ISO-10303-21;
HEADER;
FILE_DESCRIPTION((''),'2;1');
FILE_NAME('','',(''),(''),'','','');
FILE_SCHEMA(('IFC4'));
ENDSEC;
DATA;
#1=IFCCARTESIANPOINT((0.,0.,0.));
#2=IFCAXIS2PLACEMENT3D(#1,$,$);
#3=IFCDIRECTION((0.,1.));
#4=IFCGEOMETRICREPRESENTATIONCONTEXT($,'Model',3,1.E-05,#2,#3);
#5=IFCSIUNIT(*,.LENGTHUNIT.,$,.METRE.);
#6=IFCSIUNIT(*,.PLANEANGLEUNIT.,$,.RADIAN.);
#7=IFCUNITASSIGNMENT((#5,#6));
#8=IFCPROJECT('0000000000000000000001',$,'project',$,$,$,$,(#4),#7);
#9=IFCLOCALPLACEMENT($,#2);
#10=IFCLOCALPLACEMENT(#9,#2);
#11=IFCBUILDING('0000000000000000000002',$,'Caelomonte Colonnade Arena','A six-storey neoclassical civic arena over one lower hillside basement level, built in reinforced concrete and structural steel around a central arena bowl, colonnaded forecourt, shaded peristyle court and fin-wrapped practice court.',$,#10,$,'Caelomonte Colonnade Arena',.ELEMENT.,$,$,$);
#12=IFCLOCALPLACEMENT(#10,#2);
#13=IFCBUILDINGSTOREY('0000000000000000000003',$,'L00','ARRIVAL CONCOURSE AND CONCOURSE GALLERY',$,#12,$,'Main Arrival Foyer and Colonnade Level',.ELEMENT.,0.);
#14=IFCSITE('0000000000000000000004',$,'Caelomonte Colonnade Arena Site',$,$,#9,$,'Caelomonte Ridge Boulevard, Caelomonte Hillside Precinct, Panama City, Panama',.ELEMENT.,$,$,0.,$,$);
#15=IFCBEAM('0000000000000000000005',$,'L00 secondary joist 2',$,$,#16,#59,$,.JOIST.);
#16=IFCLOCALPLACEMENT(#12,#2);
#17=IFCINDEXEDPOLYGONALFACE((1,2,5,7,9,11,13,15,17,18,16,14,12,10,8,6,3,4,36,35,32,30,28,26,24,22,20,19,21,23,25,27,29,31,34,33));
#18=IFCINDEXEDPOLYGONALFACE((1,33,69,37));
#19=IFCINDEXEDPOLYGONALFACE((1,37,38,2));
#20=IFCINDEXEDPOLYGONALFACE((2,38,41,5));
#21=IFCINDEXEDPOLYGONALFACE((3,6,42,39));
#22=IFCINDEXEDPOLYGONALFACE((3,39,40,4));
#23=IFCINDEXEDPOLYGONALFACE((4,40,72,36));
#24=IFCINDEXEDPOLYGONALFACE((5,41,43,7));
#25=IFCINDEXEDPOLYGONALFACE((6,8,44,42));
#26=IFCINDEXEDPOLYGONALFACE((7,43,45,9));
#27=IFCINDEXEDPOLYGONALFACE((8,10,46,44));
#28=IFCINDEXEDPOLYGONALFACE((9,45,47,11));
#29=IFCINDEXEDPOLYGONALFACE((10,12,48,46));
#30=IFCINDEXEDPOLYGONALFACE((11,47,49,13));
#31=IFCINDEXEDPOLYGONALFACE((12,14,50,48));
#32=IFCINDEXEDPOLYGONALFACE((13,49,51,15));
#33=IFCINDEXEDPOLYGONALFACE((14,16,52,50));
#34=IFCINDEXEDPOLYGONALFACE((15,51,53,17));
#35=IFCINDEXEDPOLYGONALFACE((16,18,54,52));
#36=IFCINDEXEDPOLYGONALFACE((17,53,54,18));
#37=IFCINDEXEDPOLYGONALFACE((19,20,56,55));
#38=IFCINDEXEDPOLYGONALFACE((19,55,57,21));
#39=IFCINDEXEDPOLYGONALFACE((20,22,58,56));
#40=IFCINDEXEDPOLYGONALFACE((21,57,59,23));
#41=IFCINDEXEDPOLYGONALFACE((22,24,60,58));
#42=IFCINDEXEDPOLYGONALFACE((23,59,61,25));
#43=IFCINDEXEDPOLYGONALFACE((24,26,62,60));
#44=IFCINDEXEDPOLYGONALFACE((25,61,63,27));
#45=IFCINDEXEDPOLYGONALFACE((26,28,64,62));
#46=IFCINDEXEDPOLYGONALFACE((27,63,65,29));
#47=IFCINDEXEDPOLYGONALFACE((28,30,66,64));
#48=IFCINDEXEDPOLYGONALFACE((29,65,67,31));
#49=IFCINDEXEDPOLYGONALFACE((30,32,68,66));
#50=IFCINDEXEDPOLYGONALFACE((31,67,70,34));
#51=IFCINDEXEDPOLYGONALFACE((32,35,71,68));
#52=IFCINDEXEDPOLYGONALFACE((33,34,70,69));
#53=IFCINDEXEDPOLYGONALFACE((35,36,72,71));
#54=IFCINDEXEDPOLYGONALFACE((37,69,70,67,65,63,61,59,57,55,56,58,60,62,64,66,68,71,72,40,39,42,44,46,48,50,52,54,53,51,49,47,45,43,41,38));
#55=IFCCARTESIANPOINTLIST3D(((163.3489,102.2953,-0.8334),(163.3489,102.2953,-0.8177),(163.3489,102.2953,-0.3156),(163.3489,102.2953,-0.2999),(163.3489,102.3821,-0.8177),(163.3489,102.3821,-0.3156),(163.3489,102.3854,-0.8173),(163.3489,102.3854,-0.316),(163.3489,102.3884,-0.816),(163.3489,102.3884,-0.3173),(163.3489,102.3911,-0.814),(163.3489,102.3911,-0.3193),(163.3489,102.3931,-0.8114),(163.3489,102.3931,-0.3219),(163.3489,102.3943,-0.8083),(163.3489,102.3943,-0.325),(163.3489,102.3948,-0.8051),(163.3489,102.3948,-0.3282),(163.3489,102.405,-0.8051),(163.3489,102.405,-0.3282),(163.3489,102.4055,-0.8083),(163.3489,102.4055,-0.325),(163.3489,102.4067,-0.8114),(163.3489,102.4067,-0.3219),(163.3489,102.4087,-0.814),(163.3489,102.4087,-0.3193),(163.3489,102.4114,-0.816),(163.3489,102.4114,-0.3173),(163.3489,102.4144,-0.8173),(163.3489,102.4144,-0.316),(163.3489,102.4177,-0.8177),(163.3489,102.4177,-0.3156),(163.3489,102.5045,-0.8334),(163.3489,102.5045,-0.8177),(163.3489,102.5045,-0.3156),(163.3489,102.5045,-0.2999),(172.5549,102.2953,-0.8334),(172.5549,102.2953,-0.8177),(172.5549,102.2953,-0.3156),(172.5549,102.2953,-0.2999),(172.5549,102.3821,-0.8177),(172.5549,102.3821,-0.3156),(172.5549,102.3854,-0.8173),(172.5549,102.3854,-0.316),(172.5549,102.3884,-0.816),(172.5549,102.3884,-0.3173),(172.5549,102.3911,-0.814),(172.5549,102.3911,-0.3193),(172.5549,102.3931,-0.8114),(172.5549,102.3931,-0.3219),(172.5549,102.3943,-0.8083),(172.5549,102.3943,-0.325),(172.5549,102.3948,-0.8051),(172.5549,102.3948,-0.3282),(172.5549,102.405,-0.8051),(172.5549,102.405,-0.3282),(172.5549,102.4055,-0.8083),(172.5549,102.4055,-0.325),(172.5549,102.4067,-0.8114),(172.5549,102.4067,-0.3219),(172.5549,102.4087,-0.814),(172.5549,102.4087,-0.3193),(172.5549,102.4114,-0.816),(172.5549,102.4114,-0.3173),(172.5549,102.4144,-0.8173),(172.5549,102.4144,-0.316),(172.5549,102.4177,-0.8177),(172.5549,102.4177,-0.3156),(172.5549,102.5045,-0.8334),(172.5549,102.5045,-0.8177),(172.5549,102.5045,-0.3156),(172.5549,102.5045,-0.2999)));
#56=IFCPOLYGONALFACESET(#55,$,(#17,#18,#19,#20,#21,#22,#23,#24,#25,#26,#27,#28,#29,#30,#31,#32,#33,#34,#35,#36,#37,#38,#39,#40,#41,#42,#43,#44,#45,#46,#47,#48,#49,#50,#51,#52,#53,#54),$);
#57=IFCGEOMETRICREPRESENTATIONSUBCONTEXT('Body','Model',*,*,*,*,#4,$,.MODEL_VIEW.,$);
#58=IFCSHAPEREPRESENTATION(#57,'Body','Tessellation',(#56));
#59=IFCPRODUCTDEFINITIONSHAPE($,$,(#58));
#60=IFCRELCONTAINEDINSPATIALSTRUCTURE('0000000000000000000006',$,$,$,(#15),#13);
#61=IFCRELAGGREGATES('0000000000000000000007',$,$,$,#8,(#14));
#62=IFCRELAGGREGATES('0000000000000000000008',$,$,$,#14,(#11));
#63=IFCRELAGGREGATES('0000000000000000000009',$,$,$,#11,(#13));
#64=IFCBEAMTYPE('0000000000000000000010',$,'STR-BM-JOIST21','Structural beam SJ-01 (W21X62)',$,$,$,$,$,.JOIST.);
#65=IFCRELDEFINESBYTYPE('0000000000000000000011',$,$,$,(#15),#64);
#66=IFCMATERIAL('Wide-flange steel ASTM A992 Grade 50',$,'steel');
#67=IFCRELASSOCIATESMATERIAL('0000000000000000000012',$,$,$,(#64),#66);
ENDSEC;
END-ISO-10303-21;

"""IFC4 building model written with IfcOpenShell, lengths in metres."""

from ifc_helpers import new_model, si_unit, direction, frame, origin, origin_2d, place, context, subcontext, project, spatial, i_section, extrude, material, material_profile, profile_set, type_object, element, save


model = new_model("IFC4")

# Units and contexts
model_context = context("Model", 3, precision=1e-05, world=origin(), true_north=direction((0.0, 1.0)))
body_context = subcontext(model_context, "Body", "Model", "MODEL_VIEW")
ifc_project = project(units=[si_unit("LENGTHUNIT", "METRE"), si_unit("PLANEANGLEUNIT", "RADIAN")], contexts=[model_context])

# Site, building, storey
site_placement = place(None, origin())
site = spatial("IfcSite", under=ifc_project, at=site_placement, Name="Caelomonte Colonnade Arena Site", LongName="Caelomonte Ridge Boulevard, Caelomonte Hillside Precinct, Panama City, Panama", CompositionType="ELEMENT", RefElevation=0.0)
building_placement = place(site_placement, origin())
building = spatial("IfcBuilding", under=site, at=building_placement, Name="Caelomonte Colonnade Arena", Description="A six-storey neoclassical civic arena over one lower hillside basement level, built in reinforced concrete and structural steel around a central arena bowl, colonnaded forecourt, shaded peristyle court and fin-wrapped practice court.", LongName="Caelomonte Colonnade Arena", CompositionType="ELEMENT")
storey_placement = place(building_placement, origin())
storey = spatial("IfcBuildingStorey", under=building, at=storey_placement, Name="L00", Description="ARRIVAL CONCOURSE AND CONCOURSE GALLERY", LongName="Main Arrival Foyer and Colonnade Level", CompositionType="ELEMENT", Elevation=0.0)

# Shared definitions
ifc_material = material(Name="Wide-flange steel ASTM A992 Grade 50", Category="steel")

# Beam
ifc_material_profile_1 = material_profile(ifc_material, i_section(OverallWidth=0.2092, OverallDepth=0.5334, WebThickness=0.0103, FlangeThickness=0.0156, FilletRadius=0.0127, at=origin_2d()), Name="W21X62")
ifc_profile_set_1 = profile_set([ifc_material_profile_1], Name="Wide-flange steel ASTM A992 Grade 50")
beam_type_1 = type_object("IfcBeamType", Name="STR-BM-JOIST21", Description="Structural beam SJ-01 (W21X62)", PredefinedType="JOIST", material=ifc_profile_set_1)
for number, where, z_axis, x_axis, name in (
    (1, (163.3489, 102.3999, -0.5667), (1.0, 0.0, 0.0), (0.0, 1.0, 0.0), "L00 secondary joist 2"),
):
    element("IfcBeam", number, at=place(storey_placement, frame(where, z_axis=z_axis, x_axis=x_axis)), inside=storey, type_object=beam_type_1, Name=name, PredefinedType="JOIST", context=body_context, shape_type="SweptSolid", body=[
        extrude(i_section(OverallWidth=0.2092, OverallDepth=0.5334, WebThickness=0.0103, FlangeThickness=0.0156, FilletRadius=0.0127, at=origin_2d()), origin(), (0.0, 0.0, 1.0), 9.2061),
    ])

save(model, "model.ifc")
